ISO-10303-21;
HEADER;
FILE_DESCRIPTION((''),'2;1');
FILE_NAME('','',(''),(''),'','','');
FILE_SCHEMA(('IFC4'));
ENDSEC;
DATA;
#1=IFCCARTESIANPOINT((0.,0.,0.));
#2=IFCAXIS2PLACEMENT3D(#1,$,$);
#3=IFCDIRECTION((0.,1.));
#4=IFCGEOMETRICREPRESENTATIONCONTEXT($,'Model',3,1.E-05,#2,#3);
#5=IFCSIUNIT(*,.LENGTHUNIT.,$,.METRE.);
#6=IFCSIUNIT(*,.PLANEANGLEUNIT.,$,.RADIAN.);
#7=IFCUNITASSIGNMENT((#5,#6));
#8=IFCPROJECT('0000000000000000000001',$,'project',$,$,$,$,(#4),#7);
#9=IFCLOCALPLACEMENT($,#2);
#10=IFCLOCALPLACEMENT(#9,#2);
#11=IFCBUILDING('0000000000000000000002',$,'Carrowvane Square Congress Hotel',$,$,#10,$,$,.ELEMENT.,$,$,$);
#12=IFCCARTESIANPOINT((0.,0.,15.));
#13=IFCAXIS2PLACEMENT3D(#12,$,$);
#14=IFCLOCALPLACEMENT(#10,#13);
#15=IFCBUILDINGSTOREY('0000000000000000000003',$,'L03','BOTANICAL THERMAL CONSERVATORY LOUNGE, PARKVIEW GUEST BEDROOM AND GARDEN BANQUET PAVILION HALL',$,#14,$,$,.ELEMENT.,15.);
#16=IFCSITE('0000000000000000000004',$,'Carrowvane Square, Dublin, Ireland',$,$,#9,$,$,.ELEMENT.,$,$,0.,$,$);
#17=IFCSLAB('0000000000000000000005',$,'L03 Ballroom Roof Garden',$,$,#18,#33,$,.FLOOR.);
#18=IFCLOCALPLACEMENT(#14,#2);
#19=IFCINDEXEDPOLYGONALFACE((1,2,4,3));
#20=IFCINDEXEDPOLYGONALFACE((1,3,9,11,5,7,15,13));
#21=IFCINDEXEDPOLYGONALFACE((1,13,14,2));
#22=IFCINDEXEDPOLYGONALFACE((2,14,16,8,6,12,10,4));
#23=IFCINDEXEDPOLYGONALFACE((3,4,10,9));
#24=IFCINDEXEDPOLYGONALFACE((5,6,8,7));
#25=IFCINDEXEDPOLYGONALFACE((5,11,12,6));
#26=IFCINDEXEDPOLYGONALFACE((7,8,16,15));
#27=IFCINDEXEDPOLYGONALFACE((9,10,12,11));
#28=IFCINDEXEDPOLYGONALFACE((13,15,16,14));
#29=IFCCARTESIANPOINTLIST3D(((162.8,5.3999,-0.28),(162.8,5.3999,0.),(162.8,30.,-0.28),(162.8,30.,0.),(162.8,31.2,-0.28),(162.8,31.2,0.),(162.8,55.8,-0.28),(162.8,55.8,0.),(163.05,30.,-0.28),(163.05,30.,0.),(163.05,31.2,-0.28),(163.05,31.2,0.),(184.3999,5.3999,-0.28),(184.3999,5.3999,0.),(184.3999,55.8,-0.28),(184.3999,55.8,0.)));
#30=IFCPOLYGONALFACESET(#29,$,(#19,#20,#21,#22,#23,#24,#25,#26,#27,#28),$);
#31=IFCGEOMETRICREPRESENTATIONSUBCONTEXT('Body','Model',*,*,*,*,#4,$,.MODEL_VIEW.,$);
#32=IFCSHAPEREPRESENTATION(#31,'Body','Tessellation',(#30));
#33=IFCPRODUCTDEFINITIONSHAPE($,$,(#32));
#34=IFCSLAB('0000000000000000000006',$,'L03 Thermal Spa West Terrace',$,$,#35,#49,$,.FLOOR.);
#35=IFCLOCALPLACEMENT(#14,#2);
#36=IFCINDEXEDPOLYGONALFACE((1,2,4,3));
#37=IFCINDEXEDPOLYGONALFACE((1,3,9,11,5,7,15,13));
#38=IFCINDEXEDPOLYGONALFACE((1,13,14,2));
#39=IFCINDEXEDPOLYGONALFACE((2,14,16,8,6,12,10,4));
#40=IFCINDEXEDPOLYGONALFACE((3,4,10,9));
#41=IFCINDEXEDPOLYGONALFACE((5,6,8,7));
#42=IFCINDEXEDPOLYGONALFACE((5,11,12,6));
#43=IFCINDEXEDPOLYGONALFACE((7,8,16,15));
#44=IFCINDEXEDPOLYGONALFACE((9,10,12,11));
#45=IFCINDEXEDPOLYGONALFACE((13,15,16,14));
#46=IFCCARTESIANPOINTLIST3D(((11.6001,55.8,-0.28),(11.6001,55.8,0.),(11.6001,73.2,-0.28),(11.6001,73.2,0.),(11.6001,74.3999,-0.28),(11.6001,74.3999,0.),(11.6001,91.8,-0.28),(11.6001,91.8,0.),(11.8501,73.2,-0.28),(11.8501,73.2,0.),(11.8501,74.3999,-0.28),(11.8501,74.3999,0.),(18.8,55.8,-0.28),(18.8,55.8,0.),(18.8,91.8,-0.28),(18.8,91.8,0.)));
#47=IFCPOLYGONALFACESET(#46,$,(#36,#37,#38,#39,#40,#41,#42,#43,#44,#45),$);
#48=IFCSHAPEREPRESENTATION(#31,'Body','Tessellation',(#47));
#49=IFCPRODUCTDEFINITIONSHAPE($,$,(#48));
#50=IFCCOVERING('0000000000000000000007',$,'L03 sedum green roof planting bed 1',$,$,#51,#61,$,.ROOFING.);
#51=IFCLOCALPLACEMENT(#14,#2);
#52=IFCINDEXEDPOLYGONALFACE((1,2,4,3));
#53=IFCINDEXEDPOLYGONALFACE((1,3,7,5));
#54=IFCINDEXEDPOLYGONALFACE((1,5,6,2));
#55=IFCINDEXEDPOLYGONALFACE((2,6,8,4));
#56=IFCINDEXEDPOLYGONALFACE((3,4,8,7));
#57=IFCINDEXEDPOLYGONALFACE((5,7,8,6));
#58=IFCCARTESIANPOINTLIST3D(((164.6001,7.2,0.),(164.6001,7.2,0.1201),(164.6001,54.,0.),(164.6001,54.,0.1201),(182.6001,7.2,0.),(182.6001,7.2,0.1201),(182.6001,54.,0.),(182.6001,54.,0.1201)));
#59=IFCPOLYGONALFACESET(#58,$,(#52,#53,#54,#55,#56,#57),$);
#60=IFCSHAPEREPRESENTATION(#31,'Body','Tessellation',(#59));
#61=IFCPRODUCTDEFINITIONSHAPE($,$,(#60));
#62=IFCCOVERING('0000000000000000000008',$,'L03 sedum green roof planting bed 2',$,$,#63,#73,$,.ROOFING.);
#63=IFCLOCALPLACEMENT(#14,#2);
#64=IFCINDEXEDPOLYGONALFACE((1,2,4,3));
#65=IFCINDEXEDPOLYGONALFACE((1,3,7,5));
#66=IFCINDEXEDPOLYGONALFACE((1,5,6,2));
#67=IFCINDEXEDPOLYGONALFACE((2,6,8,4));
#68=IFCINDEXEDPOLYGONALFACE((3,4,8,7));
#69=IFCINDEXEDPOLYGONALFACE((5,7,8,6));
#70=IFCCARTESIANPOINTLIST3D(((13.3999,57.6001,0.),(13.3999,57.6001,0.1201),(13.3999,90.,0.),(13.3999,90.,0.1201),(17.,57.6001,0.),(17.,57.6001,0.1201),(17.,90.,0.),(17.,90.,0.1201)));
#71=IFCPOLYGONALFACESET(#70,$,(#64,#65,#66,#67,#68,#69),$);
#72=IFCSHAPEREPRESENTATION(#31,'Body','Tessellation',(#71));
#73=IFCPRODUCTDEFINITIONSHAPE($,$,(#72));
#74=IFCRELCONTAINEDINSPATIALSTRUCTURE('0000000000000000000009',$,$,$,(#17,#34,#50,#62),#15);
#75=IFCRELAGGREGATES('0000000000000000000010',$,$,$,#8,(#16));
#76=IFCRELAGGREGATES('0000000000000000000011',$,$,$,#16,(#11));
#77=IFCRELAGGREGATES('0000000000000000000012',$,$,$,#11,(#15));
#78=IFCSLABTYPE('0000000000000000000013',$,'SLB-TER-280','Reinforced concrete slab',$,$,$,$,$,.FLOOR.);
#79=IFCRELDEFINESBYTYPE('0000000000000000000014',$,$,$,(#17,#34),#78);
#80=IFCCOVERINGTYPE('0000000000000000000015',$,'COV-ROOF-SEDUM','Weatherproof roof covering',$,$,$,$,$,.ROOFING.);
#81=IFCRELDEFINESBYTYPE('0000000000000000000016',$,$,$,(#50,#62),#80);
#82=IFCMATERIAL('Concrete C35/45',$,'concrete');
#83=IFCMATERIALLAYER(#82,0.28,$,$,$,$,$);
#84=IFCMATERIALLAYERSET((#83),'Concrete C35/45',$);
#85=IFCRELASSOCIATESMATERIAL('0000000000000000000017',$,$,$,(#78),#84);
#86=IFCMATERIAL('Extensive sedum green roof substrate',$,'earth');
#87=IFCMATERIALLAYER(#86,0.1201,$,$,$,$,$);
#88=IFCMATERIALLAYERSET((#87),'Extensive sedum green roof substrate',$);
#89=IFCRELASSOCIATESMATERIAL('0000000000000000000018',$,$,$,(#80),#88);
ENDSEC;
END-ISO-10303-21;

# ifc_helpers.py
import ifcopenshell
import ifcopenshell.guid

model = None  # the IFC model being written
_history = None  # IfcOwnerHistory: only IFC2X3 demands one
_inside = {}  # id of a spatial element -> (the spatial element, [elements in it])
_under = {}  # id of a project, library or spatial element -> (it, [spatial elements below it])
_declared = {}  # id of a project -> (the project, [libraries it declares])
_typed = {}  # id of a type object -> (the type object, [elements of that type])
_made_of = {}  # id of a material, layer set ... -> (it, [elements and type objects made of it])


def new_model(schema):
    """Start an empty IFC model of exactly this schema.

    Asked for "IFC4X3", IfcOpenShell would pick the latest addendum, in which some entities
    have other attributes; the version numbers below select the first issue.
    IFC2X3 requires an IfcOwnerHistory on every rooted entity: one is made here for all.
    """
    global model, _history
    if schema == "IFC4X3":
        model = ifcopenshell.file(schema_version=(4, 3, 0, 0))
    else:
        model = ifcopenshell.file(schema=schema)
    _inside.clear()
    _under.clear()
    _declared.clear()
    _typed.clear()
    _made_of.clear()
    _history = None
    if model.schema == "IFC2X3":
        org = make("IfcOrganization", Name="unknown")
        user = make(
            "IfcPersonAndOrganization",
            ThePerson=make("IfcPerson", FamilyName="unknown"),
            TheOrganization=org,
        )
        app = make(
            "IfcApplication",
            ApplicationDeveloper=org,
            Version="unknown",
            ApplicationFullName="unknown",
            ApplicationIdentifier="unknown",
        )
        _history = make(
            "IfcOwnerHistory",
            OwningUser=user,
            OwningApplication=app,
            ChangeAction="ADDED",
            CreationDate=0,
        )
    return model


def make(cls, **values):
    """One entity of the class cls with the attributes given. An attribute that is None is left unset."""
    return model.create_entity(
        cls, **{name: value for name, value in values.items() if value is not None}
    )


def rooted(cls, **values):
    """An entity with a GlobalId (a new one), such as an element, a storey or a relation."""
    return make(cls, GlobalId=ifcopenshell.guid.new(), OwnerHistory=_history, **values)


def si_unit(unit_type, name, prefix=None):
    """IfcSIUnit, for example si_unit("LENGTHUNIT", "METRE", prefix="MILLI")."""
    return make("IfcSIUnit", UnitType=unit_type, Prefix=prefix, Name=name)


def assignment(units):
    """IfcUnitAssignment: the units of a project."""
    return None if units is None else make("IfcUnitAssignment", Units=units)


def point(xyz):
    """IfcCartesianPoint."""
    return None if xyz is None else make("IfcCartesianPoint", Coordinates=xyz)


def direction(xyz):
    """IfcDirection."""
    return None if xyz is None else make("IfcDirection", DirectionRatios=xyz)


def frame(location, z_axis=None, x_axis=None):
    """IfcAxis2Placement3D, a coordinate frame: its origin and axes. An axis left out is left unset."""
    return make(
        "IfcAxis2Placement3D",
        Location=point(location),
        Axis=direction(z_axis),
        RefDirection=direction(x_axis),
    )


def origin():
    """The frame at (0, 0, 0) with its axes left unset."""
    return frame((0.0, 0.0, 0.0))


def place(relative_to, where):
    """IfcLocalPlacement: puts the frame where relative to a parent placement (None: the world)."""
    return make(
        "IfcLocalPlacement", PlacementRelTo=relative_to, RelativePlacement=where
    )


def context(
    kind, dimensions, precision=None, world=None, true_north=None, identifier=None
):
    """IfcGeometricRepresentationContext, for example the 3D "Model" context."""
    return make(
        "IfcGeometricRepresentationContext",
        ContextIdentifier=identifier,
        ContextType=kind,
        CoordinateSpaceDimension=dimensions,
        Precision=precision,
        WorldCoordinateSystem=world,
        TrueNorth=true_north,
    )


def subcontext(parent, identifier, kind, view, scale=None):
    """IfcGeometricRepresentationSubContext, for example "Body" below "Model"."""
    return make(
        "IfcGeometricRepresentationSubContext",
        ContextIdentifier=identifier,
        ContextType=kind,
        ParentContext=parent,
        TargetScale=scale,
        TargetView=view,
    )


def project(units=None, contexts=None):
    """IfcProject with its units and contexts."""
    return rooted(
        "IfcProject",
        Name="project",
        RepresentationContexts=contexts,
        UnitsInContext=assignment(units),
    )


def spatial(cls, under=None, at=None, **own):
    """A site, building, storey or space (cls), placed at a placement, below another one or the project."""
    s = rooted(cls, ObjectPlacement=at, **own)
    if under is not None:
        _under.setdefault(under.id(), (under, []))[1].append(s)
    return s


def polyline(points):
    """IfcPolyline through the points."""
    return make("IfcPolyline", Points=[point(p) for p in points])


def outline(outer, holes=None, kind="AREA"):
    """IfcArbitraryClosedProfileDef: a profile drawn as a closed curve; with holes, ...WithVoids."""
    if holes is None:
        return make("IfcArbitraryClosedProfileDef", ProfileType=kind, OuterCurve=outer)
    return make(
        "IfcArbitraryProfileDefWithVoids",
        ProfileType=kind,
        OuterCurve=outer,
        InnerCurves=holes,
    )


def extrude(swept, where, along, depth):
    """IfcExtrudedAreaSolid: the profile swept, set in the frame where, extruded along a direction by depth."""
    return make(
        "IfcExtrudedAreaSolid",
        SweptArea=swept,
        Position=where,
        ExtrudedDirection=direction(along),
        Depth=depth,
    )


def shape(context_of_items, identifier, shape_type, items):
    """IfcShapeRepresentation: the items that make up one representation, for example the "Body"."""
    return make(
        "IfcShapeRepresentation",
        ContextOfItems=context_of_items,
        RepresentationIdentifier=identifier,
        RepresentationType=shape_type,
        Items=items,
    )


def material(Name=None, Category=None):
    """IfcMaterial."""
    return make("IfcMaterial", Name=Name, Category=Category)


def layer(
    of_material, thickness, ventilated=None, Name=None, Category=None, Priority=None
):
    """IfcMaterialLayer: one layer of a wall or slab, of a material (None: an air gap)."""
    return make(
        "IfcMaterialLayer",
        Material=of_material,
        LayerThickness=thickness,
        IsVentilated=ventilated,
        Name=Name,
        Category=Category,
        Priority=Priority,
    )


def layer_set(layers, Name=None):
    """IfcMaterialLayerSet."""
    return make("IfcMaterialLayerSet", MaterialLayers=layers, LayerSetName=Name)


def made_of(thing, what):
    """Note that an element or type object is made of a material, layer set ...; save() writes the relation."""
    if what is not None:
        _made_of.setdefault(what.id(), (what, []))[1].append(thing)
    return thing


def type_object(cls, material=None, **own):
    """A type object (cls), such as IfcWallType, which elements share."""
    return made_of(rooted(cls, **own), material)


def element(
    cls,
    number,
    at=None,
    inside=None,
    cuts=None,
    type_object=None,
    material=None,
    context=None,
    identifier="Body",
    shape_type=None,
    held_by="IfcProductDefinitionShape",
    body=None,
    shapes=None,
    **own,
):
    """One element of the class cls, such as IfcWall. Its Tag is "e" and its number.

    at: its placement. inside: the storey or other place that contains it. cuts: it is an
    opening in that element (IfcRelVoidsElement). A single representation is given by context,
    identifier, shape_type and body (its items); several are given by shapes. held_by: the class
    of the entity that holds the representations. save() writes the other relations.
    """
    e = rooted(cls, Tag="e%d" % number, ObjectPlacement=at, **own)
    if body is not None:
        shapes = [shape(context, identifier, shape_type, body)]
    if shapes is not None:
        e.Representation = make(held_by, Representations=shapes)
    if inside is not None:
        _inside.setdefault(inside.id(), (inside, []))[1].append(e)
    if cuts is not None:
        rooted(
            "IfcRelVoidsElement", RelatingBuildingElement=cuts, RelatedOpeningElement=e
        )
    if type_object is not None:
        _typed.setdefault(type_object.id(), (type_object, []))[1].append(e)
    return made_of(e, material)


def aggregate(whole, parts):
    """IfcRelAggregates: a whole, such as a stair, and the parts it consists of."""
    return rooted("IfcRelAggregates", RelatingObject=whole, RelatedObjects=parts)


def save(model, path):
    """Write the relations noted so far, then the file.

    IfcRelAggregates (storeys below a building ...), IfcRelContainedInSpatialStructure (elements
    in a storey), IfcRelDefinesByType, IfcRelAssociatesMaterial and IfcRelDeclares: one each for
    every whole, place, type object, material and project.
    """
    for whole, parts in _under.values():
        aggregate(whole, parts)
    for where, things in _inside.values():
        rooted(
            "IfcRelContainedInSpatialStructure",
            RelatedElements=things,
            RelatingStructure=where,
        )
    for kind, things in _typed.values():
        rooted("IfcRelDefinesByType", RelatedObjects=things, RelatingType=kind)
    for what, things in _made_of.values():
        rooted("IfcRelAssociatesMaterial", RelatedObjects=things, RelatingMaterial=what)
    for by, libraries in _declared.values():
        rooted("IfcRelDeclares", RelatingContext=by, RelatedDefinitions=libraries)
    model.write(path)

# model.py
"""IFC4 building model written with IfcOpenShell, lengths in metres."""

from ifc_helpers import new_model, si_unit, direction, frame, origin, place, context, subcontext, project, spatial, polyline, outline, extrude, material, layer, layer_set, type_object, element, save


model = new_model("IFC4")

# Units and contexts
model_context = context("Model", 3, precision=1e-05, world=origin(), true_north=direction((0.0, 1.0)))
body_context = subcontext(model_context, "Body", "Model", "MODEL_VIEW")
ifc_project = project(units=[si_unit("LENGTHUNIT", "METRE"), si_unit("PLANEANGLEUNIT", "RADIAN")], contexts=[model_context])

# Site, building, storey
site_placement = place(None, origin())
site = spatial("IfcSite", under=ifc_project, at=site_placement, Name="Carrowvane Square, Dublin, Ireland", CompositionType="ELEMENT", RefElevation=0.0)
building_placement = place(site_placement, origin())
building = spatial("IfcBuilding", under=site, at=building_placement, Name="Carrowvane Square Congress Hotel", CompositionType="ELEMENT")
storey_placement = place(building_placement, frame((0.0, 0.0, 15.0)))
storey = spatial("IfcBuildingStorey", under=building, at=storey_placement, Name="L03", Description="BOTANICAL THERMAL CONSERVATORY LOUNGE, PARKVIEW GUEST BEDROOM AND GARDEN BANQUET PAVILION HALL", CompositionType="ELEMENT", Elevation=15.0)

# Slabs
ifc_material_1 = material(Name="Concrete C35/45", Category="concrete")
ifc_layer_1 = layer(ifc_material_1, 0.28)
ifc_layer_set_1 = layer_set([ifc_layer_1], Name="Concrete C35/45")
slab_type_1 = type_object("IfcSlabType", Name="SLB-TER-280", Description="Reinforced concrete slab", PredefinedType="FLOOR", material=ifc_layer_set_1)
slab_1_placement = place(storey_placement, frame((0.0, 0.0, -0.28)))
element("IfcSlab", 1, at=slab_1_placement, inside=storey, type_object=slab_type_1, Name="L03 Ballroom Roof Garden", PredefinedType="FLOOR", context=body_context, shape_type="SweptSolid", body=[
    extrude(outline(polyline([(162.8, 5.3999), (184.3999, 5.3999), (184.3999, 55.8), (162.8, 55.8), (162.8, 31.2), (163.05, 31.2), (163.05, 30.0), (162.8, 30.0), (162.8, 5.3999)])), origin(), (0.0, 0.0, 1.0), 0.28),
])
slab_2_placement = place(storey_placement, frame((0.0, 0.0, -0.28)))
element("IfcSlab", 2, at=slab_2_placement, inside=storey, type_object=slab_type_1, Name="L03 Thermal Spa West Terrace", PredefinedType="FLOOR", context=body_context, shape_type="SweptSolid", body=[
    extrude(outline(polyline([(11.6001, 55.8), (18.8, 55.8), (18.8, 91.8), (11.6001, 91.8), (11.6001, 74.3999), (11.8501, 74.3999), (11.8501, 73.2), (11.6001, 73.2), (11.6001, 55.8)])), origin(), (0.0, 0.0, 1.0), 0.28),
])

# Coverings
ifc_material_2 = material(Name="Extensive sedum green roof substrate", Category="earth")
ifc_layer_2 = layer(ifc_material_2, 0.1201)
ifc_layer_set_2 = layer_set([ifc_layer_2], Name="Extensive sedum green roof substrate")
covering_type = type_object("IfcCoveringType", Name="COV-ROOF-SEDUM", Description="Weatherproof roof covering", PredefinedType="ROOFING", material=ifc_layer_set_2)
covering_1_placement = place(storey_placement, origin())
element("IfcCovering", 3, at=covering_1_placement, inside=storey, type_object=covering_type, Name="L03 sedum green roof planting bed 1", PredefinedType="ROOFING", context=body_context, shape_type="SweptSolid", body=[
    extrude(outline(polyline([(164.6001, 7.2), (164.6001, 54.0), (182.6001, 54.0), (182.6001, 7.2), (164.6001, 7.2)])), origin(), (0.0, 0.0, 1.0), 0.1201),
])
covering_2_placement = place(storey_placement, origin())
element("IfcCovering", 4, at=covering_2_placement, inside=storey, type_object=covering_type, Name="L03 sedum green roof planting bed 2", PredefinedType="ROOFING", context=body_context, shape_type="SweptSolid", body=[
    extrude(outline(polyline([(13.3999, 57.6001), (13.3999, 90.0), (17.0, 90.0), (17.0, 57.6001), (13.3999, 57.6001)])), origin(), (0.0, 0.0, 1.0), 0.1201),
])

save(model, "model.ifc")
